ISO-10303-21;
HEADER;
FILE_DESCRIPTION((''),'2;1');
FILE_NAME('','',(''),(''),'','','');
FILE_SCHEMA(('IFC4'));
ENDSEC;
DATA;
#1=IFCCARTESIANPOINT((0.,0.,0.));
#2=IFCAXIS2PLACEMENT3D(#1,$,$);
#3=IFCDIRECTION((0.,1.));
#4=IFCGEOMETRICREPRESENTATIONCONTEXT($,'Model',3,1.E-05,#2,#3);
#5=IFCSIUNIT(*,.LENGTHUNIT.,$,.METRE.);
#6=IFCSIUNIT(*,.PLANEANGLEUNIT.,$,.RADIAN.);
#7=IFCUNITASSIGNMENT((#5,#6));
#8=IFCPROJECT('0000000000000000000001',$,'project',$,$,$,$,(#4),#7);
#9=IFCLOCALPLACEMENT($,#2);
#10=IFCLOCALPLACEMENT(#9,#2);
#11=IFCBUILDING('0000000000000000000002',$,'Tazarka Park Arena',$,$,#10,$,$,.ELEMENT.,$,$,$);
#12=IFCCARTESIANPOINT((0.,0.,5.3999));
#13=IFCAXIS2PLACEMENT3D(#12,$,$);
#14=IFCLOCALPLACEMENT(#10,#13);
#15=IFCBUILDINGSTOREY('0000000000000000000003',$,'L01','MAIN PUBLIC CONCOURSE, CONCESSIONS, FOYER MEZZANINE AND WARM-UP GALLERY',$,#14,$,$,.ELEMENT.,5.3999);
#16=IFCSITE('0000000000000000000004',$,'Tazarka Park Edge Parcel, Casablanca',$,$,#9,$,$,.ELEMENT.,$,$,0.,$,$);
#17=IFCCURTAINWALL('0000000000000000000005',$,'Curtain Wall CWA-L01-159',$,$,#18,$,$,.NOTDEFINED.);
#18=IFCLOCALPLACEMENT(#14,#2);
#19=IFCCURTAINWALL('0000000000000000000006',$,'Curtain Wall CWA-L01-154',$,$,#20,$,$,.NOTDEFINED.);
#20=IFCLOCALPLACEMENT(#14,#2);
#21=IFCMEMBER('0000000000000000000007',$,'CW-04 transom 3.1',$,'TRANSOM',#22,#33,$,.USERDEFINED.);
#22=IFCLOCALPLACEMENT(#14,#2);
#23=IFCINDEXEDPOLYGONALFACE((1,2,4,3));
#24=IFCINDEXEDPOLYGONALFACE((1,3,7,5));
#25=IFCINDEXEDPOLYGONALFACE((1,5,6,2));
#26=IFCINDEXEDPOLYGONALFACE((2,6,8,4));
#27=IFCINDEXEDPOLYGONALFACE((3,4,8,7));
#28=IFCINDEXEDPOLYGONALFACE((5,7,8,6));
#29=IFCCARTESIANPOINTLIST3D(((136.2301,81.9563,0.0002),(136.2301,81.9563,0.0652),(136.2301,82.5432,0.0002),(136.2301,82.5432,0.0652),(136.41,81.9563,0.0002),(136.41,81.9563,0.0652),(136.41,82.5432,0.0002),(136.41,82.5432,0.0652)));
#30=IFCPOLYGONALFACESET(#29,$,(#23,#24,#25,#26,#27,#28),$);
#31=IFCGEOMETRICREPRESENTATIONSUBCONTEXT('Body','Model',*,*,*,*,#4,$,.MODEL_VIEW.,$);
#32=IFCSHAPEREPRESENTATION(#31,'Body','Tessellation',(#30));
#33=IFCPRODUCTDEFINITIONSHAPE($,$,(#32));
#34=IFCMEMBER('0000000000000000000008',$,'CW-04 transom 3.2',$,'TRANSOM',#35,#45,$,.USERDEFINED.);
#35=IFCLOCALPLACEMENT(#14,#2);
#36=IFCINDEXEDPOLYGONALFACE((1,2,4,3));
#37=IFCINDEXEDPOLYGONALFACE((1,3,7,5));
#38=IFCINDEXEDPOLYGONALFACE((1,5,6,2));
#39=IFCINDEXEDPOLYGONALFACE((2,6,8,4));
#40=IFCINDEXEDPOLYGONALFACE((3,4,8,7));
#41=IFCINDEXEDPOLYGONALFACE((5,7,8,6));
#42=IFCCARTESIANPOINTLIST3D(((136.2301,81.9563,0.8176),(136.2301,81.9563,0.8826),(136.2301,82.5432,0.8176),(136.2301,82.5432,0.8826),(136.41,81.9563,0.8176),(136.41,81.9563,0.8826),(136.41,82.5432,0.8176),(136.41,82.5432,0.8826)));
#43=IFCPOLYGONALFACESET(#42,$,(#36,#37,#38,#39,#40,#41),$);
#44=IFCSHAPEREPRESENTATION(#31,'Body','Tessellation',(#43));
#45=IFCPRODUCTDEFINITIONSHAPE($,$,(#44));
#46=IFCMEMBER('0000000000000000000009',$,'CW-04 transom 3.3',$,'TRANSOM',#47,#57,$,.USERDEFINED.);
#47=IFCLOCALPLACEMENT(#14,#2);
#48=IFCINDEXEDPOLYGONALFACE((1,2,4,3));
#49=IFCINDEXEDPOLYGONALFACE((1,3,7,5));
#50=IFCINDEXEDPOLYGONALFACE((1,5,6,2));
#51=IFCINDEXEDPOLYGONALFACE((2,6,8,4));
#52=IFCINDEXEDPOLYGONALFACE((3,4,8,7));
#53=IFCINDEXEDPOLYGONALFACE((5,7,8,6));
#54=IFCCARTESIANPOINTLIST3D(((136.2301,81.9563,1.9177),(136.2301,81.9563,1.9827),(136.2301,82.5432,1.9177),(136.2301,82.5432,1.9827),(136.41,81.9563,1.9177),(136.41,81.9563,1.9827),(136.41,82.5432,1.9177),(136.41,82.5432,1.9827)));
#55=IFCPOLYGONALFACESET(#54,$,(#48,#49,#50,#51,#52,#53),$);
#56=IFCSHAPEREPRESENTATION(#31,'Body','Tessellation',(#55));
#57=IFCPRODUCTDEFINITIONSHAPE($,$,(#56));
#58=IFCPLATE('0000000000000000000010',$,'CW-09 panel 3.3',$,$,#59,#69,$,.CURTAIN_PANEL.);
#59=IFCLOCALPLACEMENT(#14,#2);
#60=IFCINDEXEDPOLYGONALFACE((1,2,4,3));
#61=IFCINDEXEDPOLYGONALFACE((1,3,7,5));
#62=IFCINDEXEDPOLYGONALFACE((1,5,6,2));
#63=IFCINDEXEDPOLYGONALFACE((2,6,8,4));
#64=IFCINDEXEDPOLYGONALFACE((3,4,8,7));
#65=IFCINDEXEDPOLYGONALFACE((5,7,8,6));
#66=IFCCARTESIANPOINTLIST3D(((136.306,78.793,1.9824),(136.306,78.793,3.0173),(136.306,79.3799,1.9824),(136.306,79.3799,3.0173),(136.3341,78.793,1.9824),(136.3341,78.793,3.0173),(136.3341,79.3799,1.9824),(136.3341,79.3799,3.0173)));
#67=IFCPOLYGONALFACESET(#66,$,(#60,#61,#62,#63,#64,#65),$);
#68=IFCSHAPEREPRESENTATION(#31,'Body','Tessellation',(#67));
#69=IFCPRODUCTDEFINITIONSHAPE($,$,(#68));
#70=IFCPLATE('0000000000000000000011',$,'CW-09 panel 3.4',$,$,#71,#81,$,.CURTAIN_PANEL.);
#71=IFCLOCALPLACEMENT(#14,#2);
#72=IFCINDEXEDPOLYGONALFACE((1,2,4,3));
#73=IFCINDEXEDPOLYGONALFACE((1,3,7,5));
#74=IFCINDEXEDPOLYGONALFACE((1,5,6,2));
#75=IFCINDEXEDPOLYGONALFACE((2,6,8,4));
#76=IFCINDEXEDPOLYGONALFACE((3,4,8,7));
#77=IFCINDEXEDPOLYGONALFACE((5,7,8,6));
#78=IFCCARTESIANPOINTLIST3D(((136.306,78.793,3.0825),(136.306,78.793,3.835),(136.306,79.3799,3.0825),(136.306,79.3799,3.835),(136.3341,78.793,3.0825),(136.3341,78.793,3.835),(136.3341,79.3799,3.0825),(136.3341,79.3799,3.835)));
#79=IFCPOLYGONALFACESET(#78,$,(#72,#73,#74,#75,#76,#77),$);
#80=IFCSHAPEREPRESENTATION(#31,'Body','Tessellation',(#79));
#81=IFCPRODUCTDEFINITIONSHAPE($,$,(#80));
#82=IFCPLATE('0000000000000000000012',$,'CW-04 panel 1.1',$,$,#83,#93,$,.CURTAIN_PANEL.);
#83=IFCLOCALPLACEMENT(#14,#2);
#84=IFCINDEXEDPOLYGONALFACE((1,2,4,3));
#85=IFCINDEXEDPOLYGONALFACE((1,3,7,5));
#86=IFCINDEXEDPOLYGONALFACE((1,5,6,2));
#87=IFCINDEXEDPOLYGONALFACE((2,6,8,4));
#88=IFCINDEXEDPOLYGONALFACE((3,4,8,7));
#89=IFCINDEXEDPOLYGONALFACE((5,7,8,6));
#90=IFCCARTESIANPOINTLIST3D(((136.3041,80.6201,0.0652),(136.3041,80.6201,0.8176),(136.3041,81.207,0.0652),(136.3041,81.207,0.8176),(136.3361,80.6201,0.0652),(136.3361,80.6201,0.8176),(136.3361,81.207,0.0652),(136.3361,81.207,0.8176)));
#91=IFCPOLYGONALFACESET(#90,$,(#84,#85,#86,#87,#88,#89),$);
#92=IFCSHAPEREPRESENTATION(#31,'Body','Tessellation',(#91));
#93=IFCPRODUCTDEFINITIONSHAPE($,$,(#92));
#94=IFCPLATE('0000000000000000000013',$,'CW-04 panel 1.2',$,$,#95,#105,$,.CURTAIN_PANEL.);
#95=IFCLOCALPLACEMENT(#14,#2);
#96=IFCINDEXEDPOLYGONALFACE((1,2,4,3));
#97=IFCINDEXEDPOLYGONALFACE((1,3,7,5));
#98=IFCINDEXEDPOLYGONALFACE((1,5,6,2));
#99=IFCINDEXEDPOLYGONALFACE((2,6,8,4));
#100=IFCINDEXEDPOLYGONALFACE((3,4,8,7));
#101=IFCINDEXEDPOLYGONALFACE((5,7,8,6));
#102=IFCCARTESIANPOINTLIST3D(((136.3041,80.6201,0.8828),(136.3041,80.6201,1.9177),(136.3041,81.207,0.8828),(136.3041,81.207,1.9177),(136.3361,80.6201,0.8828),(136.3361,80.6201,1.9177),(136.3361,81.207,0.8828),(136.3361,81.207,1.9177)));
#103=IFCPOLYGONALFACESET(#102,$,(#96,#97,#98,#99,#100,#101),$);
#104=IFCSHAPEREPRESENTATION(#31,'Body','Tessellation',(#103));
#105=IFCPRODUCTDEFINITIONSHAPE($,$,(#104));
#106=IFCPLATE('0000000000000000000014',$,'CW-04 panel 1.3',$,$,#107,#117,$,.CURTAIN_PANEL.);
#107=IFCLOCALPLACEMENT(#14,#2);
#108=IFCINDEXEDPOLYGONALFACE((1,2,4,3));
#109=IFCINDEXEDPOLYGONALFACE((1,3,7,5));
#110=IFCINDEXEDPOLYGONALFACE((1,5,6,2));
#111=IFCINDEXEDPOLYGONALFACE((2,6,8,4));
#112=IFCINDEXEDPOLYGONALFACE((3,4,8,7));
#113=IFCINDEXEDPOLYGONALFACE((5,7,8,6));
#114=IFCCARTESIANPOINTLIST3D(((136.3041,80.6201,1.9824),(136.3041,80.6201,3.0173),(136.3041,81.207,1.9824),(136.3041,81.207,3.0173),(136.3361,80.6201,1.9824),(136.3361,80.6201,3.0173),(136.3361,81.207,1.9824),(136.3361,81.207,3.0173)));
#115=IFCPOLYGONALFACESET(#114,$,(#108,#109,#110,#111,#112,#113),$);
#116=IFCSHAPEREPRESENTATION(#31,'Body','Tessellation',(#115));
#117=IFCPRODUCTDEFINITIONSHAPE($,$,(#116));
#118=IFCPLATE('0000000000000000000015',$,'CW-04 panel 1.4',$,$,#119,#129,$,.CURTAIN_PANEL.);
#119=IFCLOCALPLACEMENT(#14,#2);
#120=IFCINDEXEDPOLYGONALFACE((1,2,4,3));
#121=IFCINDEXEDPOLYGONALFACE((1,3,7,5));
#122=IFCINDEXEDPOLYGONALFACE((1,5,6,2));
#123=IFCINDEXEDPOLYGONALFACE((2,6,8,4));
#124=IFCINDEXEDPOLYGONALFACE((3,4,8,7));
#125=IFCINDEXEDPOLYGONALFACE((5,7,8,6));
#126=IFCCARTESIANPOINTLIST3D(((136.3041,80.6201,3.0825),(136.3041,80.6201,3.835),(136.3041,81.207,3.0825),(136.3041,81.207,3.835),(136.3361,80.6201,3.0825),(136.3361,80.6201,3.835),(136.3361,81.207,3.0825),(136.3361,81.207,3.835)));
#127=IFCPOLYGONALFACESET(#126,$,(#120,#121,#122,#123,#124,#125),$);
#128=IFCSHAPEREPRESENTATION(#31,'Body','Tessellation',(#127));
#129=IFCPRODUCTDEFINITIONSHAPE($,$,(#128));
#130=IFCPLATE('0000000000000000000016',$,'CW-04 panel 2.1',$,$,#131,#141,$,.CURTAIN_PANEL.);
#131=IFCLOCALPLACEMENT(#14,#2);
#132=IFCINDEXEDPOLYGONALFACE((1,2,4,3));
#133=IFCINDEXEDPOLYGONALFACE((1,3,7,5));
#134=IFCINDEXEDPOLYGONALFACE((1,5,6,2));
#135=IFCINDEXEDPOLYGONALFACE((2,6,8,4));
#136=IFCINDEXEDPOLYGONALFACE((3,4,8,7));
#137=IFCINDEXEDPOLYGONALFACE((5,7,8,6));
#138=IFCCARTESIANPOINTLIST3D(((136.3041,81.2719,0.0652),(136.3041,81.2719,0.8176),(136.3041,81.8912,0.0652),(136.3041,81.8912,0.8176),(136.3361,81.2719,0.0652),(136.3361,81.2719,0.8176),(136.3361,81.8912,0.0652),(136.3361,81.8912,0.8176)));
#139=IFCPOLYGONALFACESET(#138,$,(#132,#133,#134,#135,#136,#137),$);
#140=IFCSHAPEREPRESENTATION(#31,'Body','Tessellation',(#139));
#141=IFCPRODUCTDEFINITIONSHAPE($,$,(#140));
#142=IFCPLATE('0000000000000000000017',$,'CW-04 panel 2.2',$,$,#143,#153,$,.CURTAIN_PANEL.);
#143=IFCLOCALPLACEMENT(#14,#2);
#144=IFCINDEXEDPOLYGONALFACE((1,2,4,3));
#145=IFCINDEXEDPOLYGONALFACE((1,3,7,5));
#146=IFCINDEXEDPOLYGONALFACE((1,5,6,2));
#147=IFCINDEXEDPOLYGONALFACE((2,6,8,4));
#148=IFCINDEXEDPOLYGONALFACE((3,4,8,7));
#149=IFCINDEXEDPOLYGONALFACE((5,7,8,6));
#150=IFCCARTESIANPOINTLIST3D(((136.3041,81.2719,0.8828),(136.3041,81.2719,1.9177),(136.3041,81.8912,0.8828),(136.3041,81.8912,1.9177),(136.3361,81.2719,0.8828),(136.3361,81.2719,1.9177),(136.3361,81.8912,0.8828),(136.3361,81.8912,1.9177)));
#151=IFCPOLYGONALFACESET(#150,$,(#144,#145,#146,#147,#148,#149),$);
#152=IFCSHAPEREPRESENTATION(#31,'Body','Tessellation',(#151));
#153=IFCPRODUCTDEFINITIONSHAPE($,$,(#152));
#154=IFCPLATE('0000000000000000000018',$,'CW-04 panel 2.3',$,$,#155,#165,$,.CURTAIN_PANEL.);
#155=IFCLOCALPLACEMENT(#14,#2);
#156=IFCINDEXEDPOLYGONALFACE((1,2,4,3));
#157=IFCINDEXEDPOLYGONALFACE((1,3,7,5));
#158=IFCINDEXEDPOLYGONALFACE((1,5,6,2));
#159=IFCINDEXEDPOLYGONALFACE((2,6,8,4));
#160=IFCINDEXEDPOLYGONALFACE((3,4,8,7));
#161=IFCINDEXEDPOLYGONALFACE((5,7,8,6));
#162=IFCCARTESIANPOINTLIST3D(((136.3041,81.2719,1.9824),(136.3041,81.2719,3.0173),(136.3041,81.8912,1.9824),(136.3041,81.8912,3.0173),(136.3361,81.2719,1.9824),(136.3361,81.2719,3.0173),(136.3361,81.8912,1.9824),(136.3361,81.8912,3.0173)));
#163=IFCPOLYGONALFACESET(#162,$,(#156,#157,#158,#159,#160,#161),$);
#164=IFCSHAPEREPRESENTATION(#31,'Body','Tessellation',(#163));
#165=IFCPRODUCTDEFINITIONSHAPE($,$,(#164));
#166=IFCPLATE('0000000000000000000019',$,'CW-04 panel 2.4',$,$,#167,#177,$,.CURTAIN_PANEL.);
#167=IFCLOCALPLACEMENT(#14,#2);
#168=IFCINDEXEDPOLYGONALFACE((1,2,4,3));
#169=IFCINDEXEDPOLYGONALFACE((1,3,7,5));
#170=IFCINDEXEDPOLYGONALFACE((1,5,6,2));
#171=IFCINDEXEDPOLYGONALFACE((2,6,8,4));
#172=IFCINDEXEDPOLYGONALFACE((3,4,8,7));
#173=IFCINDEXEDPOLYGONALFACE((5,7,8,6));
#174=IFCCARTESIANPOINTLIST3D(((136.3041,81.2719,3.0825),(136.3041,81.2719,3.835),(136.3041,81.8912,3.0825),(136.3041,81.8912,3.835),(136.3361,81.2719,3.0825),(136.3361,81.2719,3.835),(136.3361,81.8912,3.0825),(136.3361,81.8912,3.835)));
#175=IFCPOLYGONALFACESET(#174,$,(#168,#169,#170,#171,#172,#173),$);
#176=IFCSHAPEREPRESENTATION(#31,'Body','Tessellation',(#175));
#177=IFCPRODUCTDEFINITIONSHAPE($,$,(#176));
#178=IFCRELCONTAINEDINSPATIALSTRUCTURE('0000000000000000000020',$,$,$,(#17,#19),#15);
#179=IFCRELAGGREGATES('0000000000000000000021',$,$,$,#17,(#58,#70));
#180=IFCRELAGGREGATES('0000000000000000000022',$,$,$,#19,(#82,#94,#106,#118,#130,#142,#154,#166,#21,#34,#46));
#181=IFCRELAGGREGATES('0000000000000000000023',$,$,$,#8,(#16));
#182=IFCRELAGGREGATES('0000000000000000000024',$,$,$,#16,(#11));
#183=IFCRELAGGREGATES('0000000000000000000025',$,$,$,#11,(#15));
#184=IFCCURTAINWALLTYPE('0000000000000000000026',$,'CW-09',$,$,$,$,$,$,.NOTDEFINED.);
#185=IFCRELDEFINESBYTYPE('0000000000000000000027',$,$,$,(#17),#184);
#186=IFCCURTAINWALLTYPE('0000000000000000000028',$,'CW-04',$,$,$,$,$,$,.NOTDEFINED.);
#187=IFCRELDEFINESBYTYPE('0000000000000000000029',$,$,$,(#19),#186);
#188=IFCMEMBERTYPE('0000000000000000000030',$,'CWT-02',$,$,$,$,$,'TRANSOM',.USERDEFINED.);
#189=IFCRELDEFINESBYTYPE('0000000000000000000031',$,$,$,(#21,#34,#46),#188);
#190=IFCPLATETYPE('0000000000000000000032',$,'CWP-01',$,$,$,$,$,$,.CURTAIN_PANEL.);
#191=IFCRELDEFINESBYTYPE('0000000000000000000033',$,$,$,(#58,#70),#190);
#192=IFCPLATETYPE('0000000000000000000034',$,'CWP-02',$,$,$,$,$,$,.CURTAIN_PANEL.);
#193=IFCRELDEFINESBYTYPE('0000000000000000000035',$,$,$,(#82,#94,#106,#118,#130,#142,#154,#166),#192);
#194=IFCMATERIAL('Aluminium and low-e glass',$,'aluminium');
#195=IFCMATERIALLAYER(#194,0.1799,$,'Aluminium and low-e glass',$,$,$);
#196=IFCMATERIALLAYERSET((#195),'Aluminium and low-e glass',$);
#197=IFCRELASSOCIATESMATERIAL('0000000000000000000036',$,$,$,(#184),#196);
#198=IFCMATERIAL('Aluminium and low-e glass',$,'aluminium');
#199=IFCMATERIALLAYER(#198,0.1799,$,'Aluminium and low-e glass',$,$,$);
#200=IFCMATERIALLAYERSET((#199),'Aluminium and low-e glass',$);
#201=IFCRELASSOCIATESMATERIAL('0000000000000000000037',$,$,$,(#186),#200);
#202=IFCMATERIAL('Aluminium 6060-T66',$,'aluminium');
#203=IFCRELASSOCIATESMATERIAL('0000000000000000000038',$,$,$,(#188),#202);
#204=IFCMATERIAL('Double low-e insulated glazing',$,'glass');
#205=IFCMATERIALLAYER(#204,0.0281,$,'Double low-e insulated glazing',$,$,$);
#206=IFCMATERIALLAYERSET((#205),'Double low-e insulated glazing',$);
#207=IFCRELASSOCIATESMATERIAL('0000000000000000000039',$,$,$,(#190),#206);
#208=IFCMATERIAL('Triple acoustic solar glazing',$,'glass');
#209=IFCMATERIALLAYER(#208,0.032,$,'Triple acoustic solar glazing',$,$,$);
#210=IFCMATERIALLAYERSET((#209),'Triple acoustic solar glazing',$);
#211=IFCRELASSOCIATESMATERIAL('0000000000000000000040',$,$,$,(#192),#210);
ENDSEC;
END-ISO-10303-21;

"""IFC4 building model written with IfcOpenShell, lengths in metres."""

from ifc_helpers import new_model, si_unit, direction, frame, origin, origin_2d, place, context, subcontext, project, spatial, rectangle, extrude, material, layer, layer_set, material_profile, profile_set, type_object, element, aggregate, save


model = new_model("IFC4")

# Units and contexts
model_context = context("Model", 3, precision=1e-05, world=origin(), true_north=direction((0.0, 1.0)))
body_context = subcontext(model_context, "Body", "Model", "MODEL_VIEW")
ifc_project = project(units=[si_unit("LENGTHUNIT", "METRE"), si_unit("PLANEANGLEUNIT", "RADIAN")], contexts=[model_context])

# Site, building, storey
site_placement = place(None, origin())
site = spatial("IfcSite", under=ifc_project, at=site_placement, Name="Tazarka Park Edge Parcel, Casablanca", CompositionType="ELEMENT", RefElevation=0.0)
building_placement = place(site_placement, origin())
building = spatial("IfcBuilding", under=site, at=building_placement, Name="Tazarka Park Arena", CompositionType="ELEMENT")
storey_placement = place(building_placement, frame((0.0, 0.0, 5.3999)))
storey = spatial("IfcBuildingStorey", under=building, at=storey_placement, Name="L01", Description="MAIN PUBLIC CONCOURSE, CONCESSIONS, FOYER MEZZANINE AND WARM-UP GALLERY", CompositionType="ELEMENT", Elevation=5.3999)

# Curtain wall
ifc_material_1 = material(Name="Aluminium and low-e glass", Category="aluminium")
ifc_layer_1 = layer(ifc_material_1, 0.1799, Name="Aluminium and low-e glass")
ifc_layer_set_1 = layer_set([ifc_layer_1], Name="Aluminium and low-e glass")
curtain_wall_type_1 = type_object("IfcCurtainWallType", Name="CW-09", PredefinedType="NOTDEFINED", material=ifc_layer_set_1)
curtain_wall_1_placement = place(storey_placement, origin())
curtain_wall_1 = element("IfcCurtainWall", 1, at=curtain_wall_1_placement, inside=storey, type_object=curtain_wall_type_1, Name="Curtain Wall CWA-L01-159", PredefinedType="NOTDEFINED")

# Curtain wall, members
ifc_material_2 = material(Name="Aluminium and low-e glass", Category="aluminium")
ifc_layer_2 = layer(ifc_material_2, 0.1799, Name="Aluminium and low-e glass")
ifc_layer_set_2 = layer_set([ifc_layer_2], Name="Aluminium and low-e glass")
curtain_wall_type_2 = type_object("IfcCurtainWallType", Name="CW-04", PredefinedType="NOTDEFINED", material=ifc_layer_set_2)
curtain_wall_2_placement = place(storey_placement, origin())
curtain_wall_2 = element("IfcCurtainWall", 2, at=curtain_wall_2_placement, inside=storey, type_object=curtain_wall_type_2, Name="Curtain Wall CWA-L01-154", PredefinedType="NOTDEFINED")
ifc_material_3 = material(Name="Aluminium 6060-T66", Category="aluminium")
ifc_material_profile_1 = material_profile(ifc_material_3, rectangle(XDim=0.1799, YDim=0.0649, at=origin_2d()), Name="Aluminium 6060-T66")
ifc_profile_set_1 = profile_set([ifc_material_profile_1], Name="Aluminium 6060-T66")
member_type_1 = type_object("IfcMemberType", Name="CWT-02", ElementType="TRANSOM", PredefinedType="USERDEFINED", material=ifc_profile_set_1)
member_1_placement = place(storey_placement, frame((136.3201, 81.9563, 0.0327), z_axis=(0.0, 1.0, 0.0), x_axis=(-1.0, 0.0, 0.0)))
member_1 = element("IfcMember", 3, at=member_1_placement, type_object=member_type_1, Name="CW-04 transom 3.1", ObjectType="TRANSOM", PredefinedType="USERDEFINED", context=body_context, shape_type="SweptSolid", body=[
    extrude(rectangle(XDim=0.1799, YDim=0.0649, at=origin_2d()), origin(), (0.0, 0.0, 1.0), 0.5869),
])
member_2_placement = place(storey_placement, frame((136.3201, 81.9563, 0.8501), z_axis=(0.0, 1.0, 0.0), x_axis=(-1.0, 0.0, 0.0)))
member_2 = element("IfcMember", 4, at=member_2_placement, type_object=member_type_1, Name="CW-04 transom 3.2", ObjectType="TRANSOM", PredefinedType="USERDEFINED", context=body_context, shape_type="SweptSolid", body=[
    extrude(rectangle(XDim=0.1799, YDim=0.0649, at=origin_2d()), origin(), (0.0, 0.0, 1.0), 0.5869),
])
member_3_placement = place(storey_placement, frame((136.3201, 81.9563, 1.9502), z_axis=(0.0, 1.0, 0.0), x_axis=(-1.0, 0.0, 0.0)))
member_3 = element("IfcMember", 5, at=member_3_placement, type_object=member_type_1, Name="CW-04 transom 3.3", ObjectType="TRANSOM", PredefinedType="USERDEFINED", context=body_context, shape_type="SweptSolid", body=[
    extrude(rectangle(XDim=0.1799, YDim=0.0649, at=origin_2d()), origin(), (0.0, 0.0, 1.0), 0.5869),
])

# Plates
ifc_material_4 = material(Name="Double low-e insulated glazing", Category="glass")
ifc_layer_3 = layer(ifc_material_4, 0.0281, Name="Double low-e insulated glazing")
ifc_layer_set_3 = layer_set([ifc_layer_3], Name="Double low-e insulated glazing")
plate_type_1 = type_object("IfcPlateType", Name="CWP-01", PredefinedType="CURTAIN_PANEL", material=ifc_layer_set_3)
plate_1_placement = place(storey_placement, frame((136.3201, 79.0864, 1.9824), z_axis=(0.0, 0.0, 1.0), x_axis=(0.0, 1.0, 0.0)))
plate_1 = element("IfcPlate", 6, at=plate_1_placement, type_object=plate_type_1, Name="CW-09 panel 3.3", PredefinedType="CURTAIN_PANEL", context=body_context, shape_type="SweptSolid", body=[
    extrude(rectangle(XDim=0.5869, YDim=0.0281, at=origin_2d()), origin(), (0.0, 0.0, 1.0), 1.0349),
])
plate_2_placement = place(storey_placement, frame((136.3201, 79.0864, 3.0825), z_axis=(0.0, 0.0, 1.0), x_axis=(0.0, 1.0, 0.0)))
plate_2 = element("IfcPlate", 7, at=plate_2_placement, type_object=plate_type_1, Name="CW-09 panel 3.4", PredefinedType="CURTAIN_PANEL", context=body_context, shape_type="SweptSolid", body=[
    extrude(rectangle(XDim=0.5869, YDim=0.0281, at=origin_2d()), origin(), (0.0, 0.0, 1.0), 0.7524),
])
aggregate(curtain_wall_1, [plate_1, plate_2])
ifc_material_5 = material(Name="Triple acoustic solar glazing", Category="glass")
ifc_layer_4 = layer(ifc_material_5, 0.032, Name="Triple acoustic solar glazing")
ifc_layer_set_4 = layer_set([ifc_layer_4], Name="Triple acoustic solar glazing")
plate_type_2 = type_object("IfcPlateType", Name="CWP-02", PredefinedType="CURTAIN_PANEL", material=ifc_layer_set_4)
plate_3_placement = place(storey_placement, frame((136.3201, 80.9136, 0.0652), z_axis=(0.0, 0.0, 1.0), x_axis=(0.0, 1.0, 0.0)))
plate_3 = element("IfcPlate", 8, at=plate_3_placement, type_object=plate_type_2, Name="CW-04 panel 1.1", PredefinedType="CURTAIN_PANEL", context=body_context, shape_type="SweptSolid", body=[
    extrude(rectangle(XDim=0.5869, YDim=0.032, at=origin_2d()), origin(), (0.0, 0.0, 1.0), 0.7524),
])
plate_4_placement = place(storey_placement, frame((136.3201, 80.9136, 0.8828), z_axis=(0.0, 0.0, 1.0), x_axis=(0.0, 1.0, 0.0)))
plate_4 = element("IfcPlate", 9, at=plate_4_placement, type_object=plate_type_2, Name="CW-04 panel 1.2", PredefinedType="CURTAIN_PANEL", context=body_context, shape_type="SweptSolid", body=[
    extrude(rectangle(XDim=0.5869, YDim=0.032, at=origin_2d()), origin(), (0.0, 0.0, 1.0), 1.0349),
])
plate_5_placement = place(storey_placement, frame((136.3201, 80.9136, 1.9824), z_axis=(0.0, 0.0, 1.0), x_axis=(0.0, 1.0, 0.0)))
plate_5 = element("IfcPlate", 10, at=plate_5_placement, type_object=plate_type_2, Name="CW-04 panel 1.3", PredefinedType="CURTAIN_PANEL", context=body_context, shape_type="SweptSolid", body=[
    extrude(rectangle(XDim=0.5869, YDim=0.032, at=origin_2d()), origin(), (0.0, 0.0, 1.0), 1.0349),
])
plate_6_placement = place(storey_placement, frame((136.3201, 80.9136, 3.0825), z_axis=(0.0, 0.0, 1.0), x_axis=(0.0, 1.0, 0.0)))
plate_6 = element("IfcPlate", 11, at=plate_6_placement, type_object=plate_type_2, Name="CW-04 panel 1.4", PredefinedType="CURTAIN_PANEL", context=body_context, shape_type="SweptSolid", body=[
    extrude(rectangle(XDim=0.5869, YDim=0.032, at=origin_2d()), origin(), (0.0, 0.0, 1.0), 0.7524),
])
plate_7_placement = place(storey_placement, frame((136.3201, 81.5815, 0.0652), z_axis=(0.0, 0.0, 1.0), x_axis=(0.0, 1.0, 0.0)))
plate_7 = element("IfcPlate", 12, at=plate_7_placement, type_object=plate_type_2, Name="CW-04 panel 2.1", PredefinedType="CURTAIN_PANEL", context=body_context, shape_type="SweptSolid", body=[
    extrude(rectangle(XDim=0.6194, YDim=0.032, at=origin_2d()), origin(), (0.0, 0.0, 1.0), 0.7524),
])
plate_8_placement = place(storey_placement, frame((136.3201, 81.5815, 0.8828), z_axis=(0.0, 0.0, 1.0), x_axis=(0.0, 1.0, 0.0)))
plate_8 = element("IfcPlate", 13, at=plate_8_placement, type_object=plate_type_2, Name="CW-04 panel 2.2", PredefinedType="CURTAIN_PANEL", context=body_context, shape_type="SweptSolid", body=[
    extrude(rectangle(XDim=0.6194, YDim=0.032, at=origin_2d()), origin(), (0.0, 0.0, 1.0), 1.0349),
])
plate_9_placement = place(storey_placement, frame((136.3201, 81.5815, 1.9824), z_axis=(0.0, 0.0, 1.0), x_axis=(0.0, 1.0, 0.0)))
plate_9 = element("IfcPlate", 14, at=plate_9_placement, type_object=plate_type_2, Name="CW-04 panel 2.3", PredefinedType="CURTAIN_PANEL", context=body_context, shape_type="SweptSolid", body=[
    extrude(rectangle(XDim=0.6194, YDim=0.032, at=origin_2d()), origin(), (0.0, 0.0, 1.0), 1.0349),
])
plate_10_placement = place(storey_placement, frame((136.3201, 81.5815, 3.0825), z_axis=(0.0, 0.0, 1.0), x_axis=(0.0, 1.0, 0.0)))
plate_10 = element("IfcPlate", 15, at=plate_10_placement, type_object=plate_type_2, Name="CW-04 panel 2.4", PredefinedType="CURTAIN_PANEL", context=body_context, shape_type="SweptSolid", body=[
    extrude(rectangle(XDim=0.6194, YDim=0.032, at=origin_2d()), origin(), (0.0, 0.0, 1.0), 0.7524),
])
aggregate(curtain_wall_2, [plate_3, plate_4, plate_5, plate_6, plate_7, plate_8, plate_9, plate_10, member_1, member_2, member_3])

save(model, "model.ifc")
